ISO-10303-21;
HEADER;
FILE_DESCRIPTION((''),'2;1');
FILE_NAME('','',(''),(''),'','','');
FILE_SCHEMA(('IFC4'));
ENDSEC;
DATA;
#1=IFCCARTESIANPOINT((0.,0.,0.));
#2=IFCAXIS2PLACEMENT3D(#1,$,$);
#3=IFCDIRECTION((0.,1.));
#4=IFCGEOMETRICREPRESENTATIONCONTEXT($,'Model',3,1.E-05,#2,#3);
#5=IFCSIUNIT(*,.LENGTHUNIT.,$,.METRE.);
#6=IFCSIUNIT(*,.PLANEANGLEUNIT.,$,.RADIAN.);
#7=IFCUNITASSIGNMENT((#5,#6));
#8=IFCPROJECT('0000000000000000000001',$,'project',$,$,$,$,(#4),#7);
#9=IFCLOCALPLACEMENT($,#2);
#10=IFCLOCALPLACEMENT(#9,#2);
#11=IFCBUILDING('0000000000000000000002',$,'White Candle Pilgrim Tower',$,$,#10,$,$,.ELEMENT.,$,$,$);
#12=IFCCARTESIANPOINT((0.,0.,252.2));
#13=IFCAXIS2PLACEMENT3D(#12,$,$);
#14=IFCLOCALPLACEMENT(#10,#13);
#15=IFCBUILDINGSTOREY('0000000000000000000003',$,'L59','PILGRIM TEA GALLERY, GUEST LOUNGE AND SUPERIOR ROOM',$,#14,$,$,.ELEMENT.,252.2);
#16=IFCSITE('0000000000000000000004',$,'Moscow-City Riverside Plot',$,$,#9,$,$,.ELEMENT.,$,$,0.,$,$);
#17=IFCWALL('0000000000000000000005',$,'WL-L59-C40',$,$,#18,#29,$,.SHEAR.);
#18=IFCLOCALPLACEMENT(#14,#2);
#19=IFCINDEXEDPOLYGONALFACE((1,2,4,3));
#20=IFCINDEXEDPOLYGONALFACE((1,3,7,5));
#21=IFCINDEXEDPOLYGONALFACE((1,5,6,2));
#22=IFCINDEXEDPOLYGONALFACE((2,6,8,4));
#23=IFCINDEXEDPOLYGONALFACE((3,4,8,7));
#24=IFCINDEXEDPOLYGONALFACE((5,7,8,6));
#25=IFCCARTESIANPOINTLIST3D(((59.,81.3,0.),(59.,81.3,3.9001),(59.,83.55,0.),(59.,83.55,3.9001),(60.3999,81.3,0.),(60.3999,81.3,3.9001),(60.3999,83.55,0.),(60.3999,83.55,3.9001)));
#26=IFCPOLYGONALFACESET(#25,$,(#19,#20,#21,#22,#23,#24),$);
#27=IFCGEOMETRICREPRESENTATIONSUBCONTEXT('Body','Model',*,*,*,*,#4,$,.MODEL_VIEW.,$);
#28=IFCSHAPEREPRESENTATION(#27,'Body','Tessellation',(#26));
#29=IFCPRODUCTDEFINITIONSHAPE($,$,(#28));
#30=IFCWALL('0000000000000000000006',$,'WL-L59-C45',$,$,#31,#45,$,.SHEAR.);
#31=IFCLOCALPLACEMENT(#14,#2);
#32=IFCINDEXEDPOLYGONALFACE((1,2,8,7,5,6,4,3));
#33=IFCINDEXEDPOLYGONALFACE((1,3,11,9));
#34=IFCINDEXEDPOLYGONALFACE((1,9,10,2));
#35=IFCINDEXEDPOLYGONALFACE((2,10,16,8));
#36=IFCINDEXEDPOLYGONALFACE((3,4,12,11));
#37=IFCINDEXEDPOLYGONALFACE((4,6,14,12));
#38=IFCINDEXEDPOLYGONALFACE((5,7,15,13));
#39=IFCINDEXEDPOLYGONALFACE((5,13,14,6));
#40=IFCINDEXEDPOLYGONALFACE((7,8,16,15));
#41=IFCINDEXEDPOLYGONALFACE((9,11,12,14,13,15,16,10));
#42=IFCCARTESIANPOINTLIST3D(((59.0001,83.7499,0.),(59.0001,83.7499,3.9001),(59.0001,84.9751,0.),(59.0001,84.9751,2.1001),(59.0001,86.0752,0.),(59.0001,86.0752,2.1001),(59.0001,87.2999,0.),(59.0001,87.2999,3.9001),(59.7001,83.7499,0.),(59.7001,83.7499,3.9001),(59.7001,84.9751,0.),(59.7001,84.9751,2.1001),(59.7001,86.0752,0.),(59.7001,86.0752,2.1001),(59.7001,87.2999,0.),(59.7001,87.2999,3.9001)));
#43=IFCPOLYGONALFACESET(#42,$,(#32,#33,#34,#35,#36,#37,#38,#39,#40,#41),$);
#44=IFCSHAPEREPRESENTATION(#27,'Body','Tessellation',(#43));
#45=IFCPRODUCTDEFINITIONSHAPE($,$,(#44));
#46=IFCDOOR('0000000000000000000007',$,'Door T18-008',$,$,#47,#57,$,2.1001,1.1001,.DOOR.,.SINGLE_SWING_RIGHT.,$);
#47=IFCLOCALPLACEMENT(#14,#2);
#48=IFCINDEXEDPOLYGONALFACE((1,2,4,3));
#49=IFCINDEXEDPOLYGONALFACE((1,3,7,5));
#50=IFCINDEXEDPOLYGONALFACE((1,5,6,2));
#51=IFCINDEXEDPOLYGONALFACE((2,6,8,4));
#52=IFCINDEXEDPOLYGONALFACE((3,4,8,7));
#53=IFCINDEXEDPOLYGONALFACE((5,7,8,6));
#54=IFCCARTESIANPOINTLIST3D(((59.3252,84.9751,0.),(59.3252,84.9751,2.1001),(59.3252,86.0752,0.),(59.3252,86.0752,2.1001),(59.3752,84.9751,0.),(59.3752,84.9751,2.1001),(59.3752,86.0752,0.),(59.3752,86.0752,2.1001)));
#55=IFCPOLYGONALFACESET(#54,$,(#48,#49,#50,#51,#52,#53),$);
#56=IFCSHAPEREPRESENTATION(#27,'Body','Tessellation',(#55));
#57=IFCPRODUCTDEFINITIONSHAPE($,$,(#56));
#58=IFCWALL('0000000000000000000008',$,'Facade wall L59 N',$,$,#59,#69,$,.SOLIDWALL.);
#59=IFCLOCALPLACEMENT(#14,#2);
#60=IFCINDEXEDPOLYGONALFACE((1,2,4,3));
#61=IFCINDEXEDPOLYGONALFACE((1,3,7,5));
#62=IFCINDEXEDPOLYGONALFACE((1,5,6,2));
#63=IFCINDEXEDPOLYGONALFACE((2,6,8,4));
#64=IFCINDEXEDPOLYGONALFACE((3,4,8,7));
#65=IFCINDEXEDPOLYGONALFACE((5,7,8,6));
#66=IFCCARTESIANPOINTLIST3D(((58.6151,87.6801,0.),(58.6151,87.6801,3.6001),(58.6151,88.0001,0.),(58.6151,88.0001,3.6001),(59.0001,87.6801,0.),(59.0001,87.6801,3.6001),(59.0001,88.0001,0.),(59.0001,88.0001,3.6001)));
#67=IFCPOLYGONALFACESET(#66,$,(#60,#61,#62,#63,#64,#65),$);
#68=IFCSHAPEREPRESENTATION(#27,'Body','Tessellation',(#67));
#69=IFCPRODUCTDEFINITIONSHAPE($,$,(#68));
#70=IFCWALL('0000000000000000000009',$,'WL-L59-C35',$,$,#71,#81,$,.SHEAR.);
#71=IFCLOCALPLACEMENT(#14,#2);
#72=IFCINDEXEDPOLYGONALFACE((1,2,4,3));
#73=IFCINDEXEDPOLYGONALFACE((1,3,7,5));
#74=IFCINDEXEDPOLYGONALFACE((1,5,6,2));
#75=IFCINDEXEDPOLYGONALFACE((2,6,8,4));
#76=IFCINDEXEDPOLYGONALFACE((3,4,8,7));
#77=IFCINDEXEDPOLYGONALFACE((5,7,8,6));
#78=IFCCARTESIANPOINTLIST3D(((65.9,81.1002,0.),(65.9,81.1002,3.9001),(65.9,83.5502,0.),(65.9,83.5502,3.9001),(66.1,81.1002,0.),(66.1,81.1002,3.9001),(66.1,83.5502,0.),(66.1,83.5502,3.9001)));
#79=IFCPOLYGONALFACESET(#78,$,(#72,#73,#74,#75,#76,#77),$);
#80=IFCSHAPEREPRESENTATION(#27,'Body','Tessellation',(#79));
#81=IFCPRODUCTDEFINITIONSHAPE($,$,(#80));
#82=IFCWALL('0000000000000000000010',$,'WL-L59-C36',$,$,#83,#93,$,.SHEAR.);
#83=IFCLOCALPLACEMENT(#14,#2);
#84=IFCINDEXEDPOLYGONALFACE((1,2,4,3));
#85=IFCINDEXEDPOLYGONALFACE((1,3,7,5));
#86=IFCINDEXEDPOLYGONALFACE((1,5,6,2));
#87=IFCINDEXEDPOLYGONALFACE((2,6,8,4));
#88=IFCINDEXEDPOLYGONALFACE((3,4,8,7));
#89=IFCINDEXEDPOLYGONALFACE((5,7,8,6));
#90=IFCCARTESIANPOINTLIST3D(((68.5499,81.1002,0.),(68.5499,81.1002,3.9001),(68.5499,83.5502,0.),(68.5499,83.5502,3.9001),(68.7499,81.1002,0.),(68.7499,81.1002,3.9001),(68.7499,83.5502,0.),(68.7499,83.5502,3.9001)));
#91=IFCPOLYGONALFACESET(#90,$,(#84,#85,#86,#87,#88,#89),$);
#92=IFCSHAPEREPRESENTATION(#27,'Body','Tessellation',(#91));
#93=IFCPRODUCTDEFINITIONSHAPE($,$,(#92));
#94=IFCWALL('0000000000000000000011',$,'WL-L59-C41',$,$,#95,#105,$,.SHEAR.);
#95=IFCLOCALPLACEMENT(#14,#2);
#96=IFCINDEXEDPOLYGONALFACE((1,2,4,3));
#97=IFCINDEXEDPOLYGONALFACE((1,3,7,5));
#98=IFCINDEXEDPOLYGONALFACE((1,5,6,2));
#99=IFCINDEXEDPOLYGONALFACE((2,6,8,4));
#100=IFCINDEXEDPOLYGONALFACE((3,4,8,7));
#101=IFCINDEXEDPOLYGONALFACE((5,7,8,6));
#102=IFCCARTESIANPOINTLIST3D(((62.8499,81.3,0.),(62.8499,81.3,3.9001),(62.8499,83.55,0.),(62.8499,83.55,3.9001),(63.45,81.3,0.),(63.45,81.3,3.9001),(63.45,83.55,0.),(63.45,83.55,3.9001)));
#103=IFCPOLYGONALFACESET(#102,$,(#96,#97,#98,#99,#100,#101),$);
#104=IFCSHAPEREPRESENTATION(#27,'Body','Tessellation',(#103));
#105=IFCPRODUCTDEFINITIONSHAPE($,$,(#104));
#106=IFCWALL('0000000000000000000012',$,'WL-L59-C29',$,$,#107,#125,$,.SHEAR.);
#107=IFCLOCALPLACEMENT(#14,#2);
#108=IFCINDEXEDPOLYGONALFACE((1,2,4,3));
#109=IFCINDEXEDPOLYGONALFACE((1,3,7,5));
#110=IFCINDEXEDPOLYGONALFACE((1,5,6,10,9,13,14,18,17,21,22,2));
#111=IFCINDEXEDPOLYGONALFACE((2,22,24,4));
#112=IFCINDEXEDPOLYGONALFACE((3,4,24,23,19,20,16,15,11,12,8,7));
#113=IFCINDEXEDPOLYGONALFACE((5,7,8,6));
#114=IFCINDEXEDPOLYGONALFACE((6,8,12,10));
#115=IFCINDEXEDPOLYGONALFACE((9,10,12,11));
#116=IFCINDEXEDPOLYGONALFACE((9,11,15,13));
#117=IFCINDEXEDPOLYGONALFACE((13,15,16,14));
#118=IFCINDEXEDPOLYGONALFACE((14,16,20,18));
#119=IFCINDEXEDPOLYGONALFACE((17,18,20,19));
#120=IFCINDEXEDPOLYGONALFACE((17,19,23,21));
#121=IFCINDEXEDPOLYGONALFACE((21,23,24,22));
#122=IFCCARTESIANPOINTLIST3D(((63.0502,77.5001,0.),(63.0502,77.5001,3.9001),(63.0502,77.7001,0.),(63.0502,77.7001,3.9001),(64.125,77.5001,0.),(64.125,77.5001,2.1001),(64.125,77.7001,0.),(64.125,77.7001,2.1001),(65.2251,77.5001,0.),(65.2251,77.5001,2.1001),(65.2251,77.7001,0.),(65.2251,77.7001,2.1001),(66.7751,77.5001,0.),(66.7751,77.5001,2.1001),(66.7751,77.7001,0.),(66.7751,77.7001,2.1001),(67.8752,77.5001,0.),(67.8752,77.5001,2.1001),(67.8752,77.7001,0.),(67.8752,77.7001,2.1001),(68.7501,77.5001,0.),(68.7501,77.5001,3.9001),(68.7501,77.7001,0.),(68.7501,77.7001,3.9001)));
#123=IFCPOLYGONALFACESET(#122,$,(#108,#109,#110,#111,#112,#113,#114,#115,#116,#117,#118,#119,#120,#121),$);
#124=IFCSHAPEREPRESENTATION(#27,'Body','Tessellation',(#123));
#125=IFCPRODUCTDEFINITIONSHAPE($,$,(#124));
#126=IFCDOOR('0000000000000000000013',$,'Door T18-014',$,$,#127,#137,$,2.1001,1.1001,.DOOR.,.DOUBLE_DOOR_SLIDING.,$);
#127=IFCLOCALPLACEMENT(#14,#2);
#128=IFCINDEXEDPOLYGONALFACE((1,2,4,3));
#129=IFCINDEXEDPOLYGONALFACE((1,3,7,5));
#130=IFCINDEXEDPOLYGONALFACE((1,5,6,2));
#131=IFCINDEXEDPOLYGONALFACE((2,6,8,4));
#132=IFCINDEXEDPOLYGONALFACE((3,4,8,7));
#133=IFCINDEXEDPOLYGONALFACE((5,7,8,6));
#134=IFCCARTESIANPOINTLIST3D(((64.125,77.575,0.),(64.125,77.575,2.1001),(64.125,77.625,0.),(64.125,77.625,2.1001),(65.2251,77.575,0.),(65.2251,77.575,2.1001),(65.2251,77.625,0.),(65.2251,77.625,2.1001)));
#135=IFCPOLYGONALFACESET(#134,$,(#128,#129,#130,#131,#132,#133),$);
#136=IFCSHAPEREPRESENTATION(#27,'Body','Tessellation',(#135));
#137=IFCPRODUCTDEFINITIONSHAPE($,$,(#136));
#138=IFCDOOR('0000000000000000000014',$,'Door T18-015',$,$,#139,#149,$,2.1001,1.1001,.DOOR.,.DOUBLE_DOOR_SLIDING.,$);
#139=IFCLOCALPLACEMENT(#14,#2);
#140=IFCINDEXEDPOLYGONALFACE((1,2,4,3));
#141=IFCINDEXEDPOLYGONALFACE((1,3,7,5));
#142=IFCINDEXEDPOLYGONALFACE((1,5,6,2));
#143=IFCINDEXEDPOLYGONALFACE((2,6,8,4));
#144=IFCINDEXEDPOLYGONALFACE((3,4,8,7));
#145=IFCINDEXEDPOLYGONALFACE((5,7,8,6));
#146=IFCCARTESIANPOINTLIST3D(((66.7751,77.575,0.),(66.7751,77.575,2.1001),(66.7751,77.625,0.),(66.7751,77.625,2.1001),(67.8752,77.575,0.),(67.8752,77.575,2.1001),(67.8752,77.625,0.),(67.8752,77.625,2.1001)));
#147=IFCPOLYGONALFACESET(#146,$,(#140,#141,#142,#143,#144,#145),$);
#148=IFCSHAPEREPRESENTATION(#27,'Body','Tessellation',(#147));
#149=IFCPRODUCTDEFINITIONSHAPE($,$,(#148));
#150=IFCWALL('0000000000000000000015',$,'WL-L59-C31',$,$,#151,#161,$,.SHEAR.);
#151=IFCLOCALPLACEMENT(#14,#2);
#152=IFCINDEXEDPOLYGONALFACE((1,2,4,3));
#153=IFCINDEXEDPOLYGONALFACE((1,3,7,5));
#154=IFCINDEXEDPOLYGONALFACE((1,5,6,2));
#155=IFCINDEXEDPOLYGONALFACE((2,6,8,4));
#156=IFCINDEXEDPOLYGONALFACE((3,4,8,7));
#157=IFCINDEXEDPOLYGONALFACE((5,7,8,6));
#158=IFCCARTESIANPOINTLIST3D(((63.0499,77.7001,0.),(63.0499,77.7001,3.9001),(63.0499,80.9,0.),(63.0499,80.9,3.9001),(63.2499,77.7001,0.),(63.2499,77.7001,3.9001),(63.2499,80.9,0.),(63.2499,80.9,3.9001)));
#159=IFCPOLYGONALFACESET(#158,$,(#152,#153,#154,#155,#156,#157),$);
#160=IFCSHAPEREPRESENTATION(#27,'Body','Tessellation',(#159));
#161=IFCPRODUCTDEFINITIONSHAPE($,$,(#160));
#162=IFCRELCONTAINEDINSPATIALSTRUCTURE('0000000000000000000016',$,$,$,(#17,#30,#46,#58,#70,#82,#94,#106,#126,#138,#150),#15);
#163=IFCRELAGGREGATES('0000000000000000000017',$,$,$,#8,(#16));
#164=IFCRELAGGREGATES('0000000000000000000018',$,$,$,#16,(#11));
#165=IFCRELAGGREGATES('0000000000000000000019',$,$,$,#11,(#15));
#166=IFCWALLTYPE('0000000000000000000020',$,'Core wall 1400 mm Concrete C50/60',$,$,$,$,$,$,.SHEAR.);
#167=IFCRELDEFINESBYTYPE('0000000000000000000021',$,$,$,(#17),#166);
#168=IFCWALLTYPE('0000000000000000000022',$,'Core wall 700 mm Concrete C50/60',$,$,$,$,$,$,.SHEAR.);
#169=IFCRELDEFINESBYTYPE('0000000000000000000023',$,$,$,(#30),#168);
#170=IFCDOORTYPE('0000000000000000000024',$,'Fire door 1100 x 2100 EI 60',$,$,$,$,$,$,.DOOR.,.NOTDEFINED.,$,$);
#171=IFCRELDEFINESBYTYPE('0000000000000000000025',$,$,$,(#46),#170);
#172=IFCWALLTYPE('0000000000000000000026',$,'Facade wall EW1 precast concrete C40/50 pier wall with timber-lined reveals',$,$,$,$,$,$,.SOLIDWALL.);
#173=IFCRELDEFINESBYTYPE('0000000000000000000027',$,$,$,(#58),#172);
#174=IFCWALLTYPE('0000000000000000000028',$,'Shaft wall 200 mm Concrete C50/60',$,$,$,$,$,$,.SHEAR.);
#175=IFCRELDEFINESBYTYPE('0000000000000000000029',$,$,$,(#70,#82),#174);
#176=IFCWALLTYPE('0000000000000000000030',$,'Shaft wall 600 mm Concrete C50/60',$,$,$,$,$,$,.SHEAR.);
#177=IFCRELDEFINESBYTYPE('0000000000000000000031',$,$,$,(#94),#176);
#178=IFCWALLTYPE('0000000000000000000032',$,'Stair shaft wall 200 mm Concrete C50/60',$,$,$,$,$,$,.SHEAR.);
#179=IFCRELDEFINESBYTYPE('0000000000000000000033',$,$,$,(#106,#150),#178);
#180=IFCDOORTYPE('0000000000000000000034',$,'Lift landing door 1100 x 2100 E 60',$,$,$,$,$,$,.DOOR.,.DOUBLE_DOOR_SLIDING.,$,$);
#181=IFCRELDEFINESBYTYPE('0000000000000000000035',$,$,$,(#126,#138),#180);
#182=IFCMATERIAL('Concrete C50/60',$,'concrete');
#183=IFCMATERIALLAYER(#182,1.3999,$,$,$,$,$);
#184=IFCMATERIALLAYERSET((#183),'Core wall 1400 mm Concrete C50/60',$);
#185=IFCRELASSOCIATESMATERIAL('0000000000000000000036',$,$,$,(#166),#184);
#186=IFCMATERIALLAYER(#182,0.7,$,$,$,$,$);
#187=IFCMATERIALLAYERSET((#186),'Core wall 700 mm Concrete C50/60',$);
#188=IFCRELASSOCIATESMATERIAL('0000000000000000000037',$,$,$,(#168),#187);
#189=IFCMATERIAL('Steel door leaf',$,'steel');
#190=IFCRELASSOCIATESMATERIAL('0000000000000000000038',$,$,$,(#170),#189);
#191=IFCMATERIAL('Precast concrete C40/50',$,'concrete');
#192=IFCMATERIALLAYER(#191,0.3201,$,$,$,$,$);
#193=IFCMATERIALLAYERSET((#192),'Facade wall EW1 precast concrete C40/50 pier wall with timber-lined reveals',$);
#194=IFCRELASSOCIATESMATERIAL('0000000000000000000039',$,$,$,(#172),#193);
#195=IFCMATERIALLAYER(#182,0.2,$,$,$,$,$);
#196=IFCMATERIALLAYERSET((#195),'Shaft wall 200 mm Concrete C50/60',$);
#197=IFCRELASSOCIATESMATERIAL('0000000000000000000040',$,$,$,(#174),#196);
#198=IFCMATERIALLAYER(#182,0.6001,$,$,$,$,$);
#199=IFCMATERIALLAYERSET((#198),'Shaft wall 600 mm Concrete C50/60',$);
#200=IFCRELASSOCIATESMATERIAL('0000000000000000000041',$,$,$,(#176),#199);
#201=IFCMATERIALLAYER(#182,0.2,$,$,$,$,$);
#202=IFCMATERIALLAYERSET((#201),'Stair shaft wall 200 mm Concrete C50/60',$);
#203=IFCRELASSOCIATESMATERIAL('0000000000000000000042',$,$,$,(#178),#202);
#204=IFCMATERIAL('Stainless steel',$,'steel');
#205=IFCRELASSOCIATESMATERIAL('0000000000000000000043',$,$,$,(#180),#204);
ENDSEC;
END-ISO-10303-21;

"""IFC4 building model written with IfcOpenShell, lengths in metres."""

from ifc_helpers import new_model, si_unit, direction, frame, frame_2d, origin, place, context, subcontext, project, spatial, rectangle, extrude, material, layer, layer_set, type_object, element, fill, save


model = new_model("IFC4")

# Units and contexts
model_context = context("Model", 3, precision=1e-05, world=origin(), true_north=direction((0.0, 1.0)))
body_context = subcontext(model_context, "Body", "Model", "MODEL_VIEW")
ifc_project = project(units=[si_unit("LENGTHUNIT", "METRE"), si_unit("PLANEANGLEUNIT", "RADIAN")], contexts=[model_context])

# Site, building, storey
site_placement = place(None, origin())
site = spatial("IfcSite", under=ifc_project, at=site_placement, Name="Moscow-City Riverside Plot", CompositionType="ELEMENT", RefElevation=0.0)
building_placement = place(site_placement, origin())
building = spatial("IfcBuilding", under=site, at=building_placement, Name="White Candle Pilgrim Tower", CompositionType="ELEMENT")
storey_placement = place(building_placement, frame((0.0, 0.0, 252.2)))
storey = spatial("IfcBuildingStorey", under=building, at=storey_placement, Name="L59", Description="PILGRIM TEA GALLERY, GUEST LOUNGE AND SUPERIOR ROOM", CompositionType="ELEMENT", Elevation=252.2)

# Wall
ifc_material_1 = material(Name="Concrete C50/60", Category="concrete")
ifc_layer_1 = layer(ifc_material_1, 1.3999)
ifc_layer_set_1 = layer_set([ifc_layer_1], Name="Core wall 1400 mm Concrete C50/60")
wall_type_1 = type_object("IfcWallType", Name="Core wall 1400 mm Concrete C50/60", PredefinedType="SHEAR", material=ifc_layer_set_1)
wall_1_placement = place(storey_placement, frame((59.7, 81.3, 0.0), z_axis=(0.0, 0.0, 1.0), x_axis=(0.0, 1.0, 0.0)))
element("IfcWall", 1, at=wall_1_placement, inside=storey, type_object=wall_type_1, Name="WL-L59-C40", PredefinedType="SHEAR", context=body_context, shape_type="SweptSolid", body=[
    extrude(rectangle(XDim=2.25, YDim=1.3999, at=frame_2d((1.125, 0.0))), origin(), (0.0, 0.0, 1.0), 3.9001),
])

# Wall, opening, door
ifc_layer_2 = layer(ifc_material_1, 0.7)
ifc_layer_set_2 = layer_set([ifc_layer_2], Name="Core wall 700 mm Concrete C50/60")
wall_type_2 = type_object("IfcWallType", Name="Core wall 700 mm Concrete C50/60", PredefinedType="SHEAR", material=ifc_layer_set_2)
wall_2_placement = place(storey_placement, frame((59.3501, 83.75, 0.0), z_axis=(0.0, 0.0, 1.0), x_axis=(0.0, 1.0, 0.0)))
wall_2 = element("IfcWall", 2, at=wall_2_placement, inside=storey, type_object=wall_type_2, Name="WL-L59-C45", PredefinedType="SHEAR", context=body_context, shape_type="SweptSolid", body=[
    extrude(rectangle(XDim=3.55, YDim=0.7, at=frame_2d((1.7749, 0.0))), origin(), (0.0, 0.0, 1.0), 3.9001),
])
opening_1_placement = place(wall_2_placement, frame((1.2251, 0.0, 0.0)))
opening_1 = element("IfcOpeningElement", 3, at=opening_1_placement, cuts=wall_2, PredefinedType="OPENING", context=body_context, shape_type="SweptSolid", body=[
    extrude(rectangle(XDim=1.1001, YDim=2.1001, at=frame_2d((0.55, 1.05))), frame((0.0, 0.3599, 0.0), z_axis=(0.0, -1.0, 0.0), x_axis=(1.0, 0.0, 0.0)), (0.0, 0.0, 1.0), 0.72),
])
ifc_material_2 = material(Name="Steel door leaf", Category="steel")
door_type_1 = type_object("IfcDoorType", Name="Fire door 1100 x 2100 EI 60", OperationType="NOTDEFINED", PredefinedType="DOOR", material=ifc_material_2)
door_1_placement = place(opening_1_placement, origin())
door_1 = element("IfcDoor", 4, at=door_1_placement, inside=storey, type_object=door_type_1, Name="Door T18-008", OperationType="SINGLE_SWING_RIGHT", OverallHeight=2.1001, OverallWidth=1.1001, PredefinedType="DOOR", context=body_context, shape_type="SweptSolid", body=[
    extrude(rectangle(XDim=1.1001, YDim=2.1001, at=frame_2d((0.55, 1.05))), frame((0.0, 0.0249, 0.0), z_axis=(0.0, -1.0, 0.0), x_axis=(1.0, 0.0, 0.0)), (0.0, 0.0, 1.0), 0.05),
])
fill(opening_1, door_1)

# Walls
ifc_material_3 = material(Name="Precast concrete C40/50", Category="concrete")
ifc_layer_3 = layer(ifc_material_3, 0.3201)
ifc_layer_set_3 = layer_set([ifc_layer_3], Name="Facade wall EW1 precast concrete C40/50 pier wall with timber-lined reveals")
wall_type_3 = type_object("IfcWallType", Name="Facade wall EW1 precast concrete C40/50 pier wall with timber-lined reveals", PredefinedType="SOLIDWALL", material=ifc_layer_set_3)
wall_3_placement = place(storey_placement, frame((59.0, 87.8401, 0.0), z_axis=(0.0, 0.0, 1.0), x_axis=(-1.0, 0.0, 0.0)))
element("IfcWall", 5, at=wall_3_placement, inside=storey, type_object=wall_type_3, Name="Facade wall L59 N", PredefinedType="SOLIDWALL", context=body_context, shape_type="SweptSolid", body=[
    extrude(rectangle(XDim=0.385, YDim=0.3201, at=frame_2d((0.1924, 0.0))), origin(), (0.0, 0.0, 1.0), 3.6001),
])
ifc_layer_4 = layer(ifc_material_1, 0.2)
ifc_layer_set_4 = layer_set([ifc_layer_4], Name="Shaft wall 200 mm Concrete C50/60")
wall_type_4 = type_object("IfcWallType", Name="Shaft wall 200 mm Concrete C50/60", PredefinedType="SHEAR", material=ifc_layer_set_4)
for number, where, z_axis, x_axis, name in (
    (6, (66.0, 81.1001, 0.0), (0.0, 0.0, 1.0), (0.0, 1.0, 0.0), "WL-L59-C35"),
    (7, (68.6499, 81.1001, 0.0), (0.0, 0.0, 1.0), (0.0, 1.0, 0.0), "WL-L59-C36"),
):
    element("IfcWall", number, at=place(storey_placement, frame(where, z_axis=z_axis, x_axis=x_axis)), inside=storey, type_object=wall_type_4, Name=name, PredefinedType="SHEAR", context=body_context, shape_type="SweptSolid", body=[
        extrude(rectangle(XDim=2.45, YDim=0.2, at=frame_2d((1.2251, 0.0))), origin(), (0.0, 0.0, 1.0), 3.9001),
    ])
ifc_layer_5 = layer(ifc_material_1, 0.6001)
ifc_layer_set_5 = layer_set([ifc_layer_5], Name="Shaft wall 600 mm Concrete C50/60")
wall_type_5 = type_object("IfcWallType", Name="Shaft wall 600 mm Concrete C50/60", PredefinedType="SHEAR", material=ifc_layer_set_5)
wall_4_placement = place(storey_placement, frame((63.1499, 81.3, 0.0), z_axis=(0.0, 0.0, 1.0), x_axis=(0.0, 1.0, 0.0)))
element("IfcWall", 8, at=wall_4_placement, inside=storey, type_object=wall_type_5, Name="WL-L59-C41", PredefinedType="SHEAR", context=body_context, shape_type="SweptSolid", body=[
    extrude(rectangle(XDim=2.25, YDim=0.6001, at=frame_2d((1.125, 0.0))), origin(), (0.0, 0.0, 1.0), 3.9001),
])

# Wall, openings, doors
ifc_layer_6 = layer(ifc_material_1, 0.2)
ifc_layer_set_6 = layer_set([ifc_layer_6], Name="Stair shaft wall 200 mm Concrete C50/60")
wall_type_6 = type_object("IfcWallType", Name="Stair shaft wall 200 mm Concrete C50/60", PredefinedType="SHEAR", material=ifc_layer_set_6)
wall_5_placement = place(storey_placement, frame((63.05, 77.6001, 0.0), z_axis=(0.0, 0.0, 1.0), x_axis=(1.0, 0.0, 0.0)))
wall_5 = element("IfcWall", 9, at=wall_5_placement, inside=storey, type_object=wall_type_6, Name="WL-L59-C29", PredefinedType="SHEAR", context=body_context, shape_type="SweptSolid", body=[
    extrude(rectangle(XDim=5.7, YDim=0.2, at=frame_2d((2.8501, 0.0))), origin(), (0.0, 0.0, 1.0), 3.9001),
])
opening_2_placement = place(wall_5_placement, frame((1.075, 0.0, 0.0)))
opening_2 = element("IfcOpeningElement", 10, at=opening_2_placement, cuts=wall_5, PredefinedType="OPENING", context=body_context, shape_type="SweptSolid", body=[
    extrude(rectangle(XDim=1.1001, YDim=2.1001, at=frame_2d((0.55, 1.05))), frame((0.0, 0.1099, 0.0), z_axis=(0.0, -1.0, 0.0), x_axis=(1.0, 0.0, 0.0)), (0.0, 0.0, 1.0), 0.22),
])
opening_3_placement = place(wall_5_placement, frame((3.7251, 0.0, 0.0)))
opening_3 = element("IfcOpeningElement", 11, at=opening_3_placement, cuts=wall_5, PredefinedType="OPENING", context=body_context, shape_type="SweptSolid", body=[
    extrude(rectangle(XDim=1.1001, YDim=2.1001, at=frame_2d((0.55, 1.05))), frame((0.0, 0.1099, 0.0), z_axis=(0.0, -1.0, 0.0), x_axis=(1.0, 0.0, 0.0)), (0.0, 0.0, 1.0), 0.22),
])
ifc_material_4 = material(Name="Stainless steel", Category="steel")
door_type_2 = type_object("IfcDoorType", Name="Lift landing door 1100 x 2100 E 60", OperationType="DOUBLE_DOOR_SLIDING", PredefinedType="DOOR", material=ifc_material_4)
door_2_placement = place(opening_2_placement, origin())
door_2 = element("IfcDoor", 12, at=door_2_placement, inside=storey, type_object=door_type_2, Name="Door T18-014", OperationType="DOUBLE_DOOR_SLIDING", OverallHeight=2.1001, OverallWidth=1.1001, PredefinedType="DOOR", context=body_context, shape_type="SweptSolid", body=[
    extrude(rectangle(XDim=1.1001, YDim=2.1001, at=frame_2d((0.55, 1.05))), frame((0.0, 0.0249, 0.0), z_axis=(0.0, -1.0, 0.0), x_axis=(1.0, 0.0, 0.0)), (0.0, 0.0, 1.0), 0.05),
])
fill(opening_2, door_2)
door_3_placement = place(opening_3_placement, origin())
door_3 = element("IfcDoor", 13, at=door_3_placement, inside=storey, type_object=door_type_2, Name="Door T18-015", OperationType="DOUBLE_DOOR_SLIDING", OverallHeight=2.1001, OverallWidth=1.1001, PredefinedType="DOOR", context=body_context, shape_type="SweptSolid", body=[
    extrude(rectangle(XDim=1.1001, YDim=2.1001, at=frame_2d((0.55, 1.05))), frame((0.0, 0.0249, 0.0), z_axis=(0.0, -1.0, 0.0), x_axis=(1.0, 0.0, 0.0)), (0.0, 0.0, 1.0), 0.05),
])
fill(opening_3, door_3)

# Wall
wall_6_placement = place(storey_placement, frame((63.1499, 77.7, 0.0), z_axis=(0.0, 0.0, 1.0), x_axis=(0.0, 1.0, 0.0)))
element("IfcWall", 14, at=wall_6_placement, inside=storey, type_object=wall_type_6, Name="WL-L59-C31", PredefinedType="SHEAR", context=body_context, shape_type="SweptSolid", body=[
    extrude(rectangle(XDim=3.2, YDim=0.2, at=frame_2d((1.6001, 0.0))), origin(), (0.0, 0.0, 1.0), 3.9001),
])

save(model, "model.ifc")
